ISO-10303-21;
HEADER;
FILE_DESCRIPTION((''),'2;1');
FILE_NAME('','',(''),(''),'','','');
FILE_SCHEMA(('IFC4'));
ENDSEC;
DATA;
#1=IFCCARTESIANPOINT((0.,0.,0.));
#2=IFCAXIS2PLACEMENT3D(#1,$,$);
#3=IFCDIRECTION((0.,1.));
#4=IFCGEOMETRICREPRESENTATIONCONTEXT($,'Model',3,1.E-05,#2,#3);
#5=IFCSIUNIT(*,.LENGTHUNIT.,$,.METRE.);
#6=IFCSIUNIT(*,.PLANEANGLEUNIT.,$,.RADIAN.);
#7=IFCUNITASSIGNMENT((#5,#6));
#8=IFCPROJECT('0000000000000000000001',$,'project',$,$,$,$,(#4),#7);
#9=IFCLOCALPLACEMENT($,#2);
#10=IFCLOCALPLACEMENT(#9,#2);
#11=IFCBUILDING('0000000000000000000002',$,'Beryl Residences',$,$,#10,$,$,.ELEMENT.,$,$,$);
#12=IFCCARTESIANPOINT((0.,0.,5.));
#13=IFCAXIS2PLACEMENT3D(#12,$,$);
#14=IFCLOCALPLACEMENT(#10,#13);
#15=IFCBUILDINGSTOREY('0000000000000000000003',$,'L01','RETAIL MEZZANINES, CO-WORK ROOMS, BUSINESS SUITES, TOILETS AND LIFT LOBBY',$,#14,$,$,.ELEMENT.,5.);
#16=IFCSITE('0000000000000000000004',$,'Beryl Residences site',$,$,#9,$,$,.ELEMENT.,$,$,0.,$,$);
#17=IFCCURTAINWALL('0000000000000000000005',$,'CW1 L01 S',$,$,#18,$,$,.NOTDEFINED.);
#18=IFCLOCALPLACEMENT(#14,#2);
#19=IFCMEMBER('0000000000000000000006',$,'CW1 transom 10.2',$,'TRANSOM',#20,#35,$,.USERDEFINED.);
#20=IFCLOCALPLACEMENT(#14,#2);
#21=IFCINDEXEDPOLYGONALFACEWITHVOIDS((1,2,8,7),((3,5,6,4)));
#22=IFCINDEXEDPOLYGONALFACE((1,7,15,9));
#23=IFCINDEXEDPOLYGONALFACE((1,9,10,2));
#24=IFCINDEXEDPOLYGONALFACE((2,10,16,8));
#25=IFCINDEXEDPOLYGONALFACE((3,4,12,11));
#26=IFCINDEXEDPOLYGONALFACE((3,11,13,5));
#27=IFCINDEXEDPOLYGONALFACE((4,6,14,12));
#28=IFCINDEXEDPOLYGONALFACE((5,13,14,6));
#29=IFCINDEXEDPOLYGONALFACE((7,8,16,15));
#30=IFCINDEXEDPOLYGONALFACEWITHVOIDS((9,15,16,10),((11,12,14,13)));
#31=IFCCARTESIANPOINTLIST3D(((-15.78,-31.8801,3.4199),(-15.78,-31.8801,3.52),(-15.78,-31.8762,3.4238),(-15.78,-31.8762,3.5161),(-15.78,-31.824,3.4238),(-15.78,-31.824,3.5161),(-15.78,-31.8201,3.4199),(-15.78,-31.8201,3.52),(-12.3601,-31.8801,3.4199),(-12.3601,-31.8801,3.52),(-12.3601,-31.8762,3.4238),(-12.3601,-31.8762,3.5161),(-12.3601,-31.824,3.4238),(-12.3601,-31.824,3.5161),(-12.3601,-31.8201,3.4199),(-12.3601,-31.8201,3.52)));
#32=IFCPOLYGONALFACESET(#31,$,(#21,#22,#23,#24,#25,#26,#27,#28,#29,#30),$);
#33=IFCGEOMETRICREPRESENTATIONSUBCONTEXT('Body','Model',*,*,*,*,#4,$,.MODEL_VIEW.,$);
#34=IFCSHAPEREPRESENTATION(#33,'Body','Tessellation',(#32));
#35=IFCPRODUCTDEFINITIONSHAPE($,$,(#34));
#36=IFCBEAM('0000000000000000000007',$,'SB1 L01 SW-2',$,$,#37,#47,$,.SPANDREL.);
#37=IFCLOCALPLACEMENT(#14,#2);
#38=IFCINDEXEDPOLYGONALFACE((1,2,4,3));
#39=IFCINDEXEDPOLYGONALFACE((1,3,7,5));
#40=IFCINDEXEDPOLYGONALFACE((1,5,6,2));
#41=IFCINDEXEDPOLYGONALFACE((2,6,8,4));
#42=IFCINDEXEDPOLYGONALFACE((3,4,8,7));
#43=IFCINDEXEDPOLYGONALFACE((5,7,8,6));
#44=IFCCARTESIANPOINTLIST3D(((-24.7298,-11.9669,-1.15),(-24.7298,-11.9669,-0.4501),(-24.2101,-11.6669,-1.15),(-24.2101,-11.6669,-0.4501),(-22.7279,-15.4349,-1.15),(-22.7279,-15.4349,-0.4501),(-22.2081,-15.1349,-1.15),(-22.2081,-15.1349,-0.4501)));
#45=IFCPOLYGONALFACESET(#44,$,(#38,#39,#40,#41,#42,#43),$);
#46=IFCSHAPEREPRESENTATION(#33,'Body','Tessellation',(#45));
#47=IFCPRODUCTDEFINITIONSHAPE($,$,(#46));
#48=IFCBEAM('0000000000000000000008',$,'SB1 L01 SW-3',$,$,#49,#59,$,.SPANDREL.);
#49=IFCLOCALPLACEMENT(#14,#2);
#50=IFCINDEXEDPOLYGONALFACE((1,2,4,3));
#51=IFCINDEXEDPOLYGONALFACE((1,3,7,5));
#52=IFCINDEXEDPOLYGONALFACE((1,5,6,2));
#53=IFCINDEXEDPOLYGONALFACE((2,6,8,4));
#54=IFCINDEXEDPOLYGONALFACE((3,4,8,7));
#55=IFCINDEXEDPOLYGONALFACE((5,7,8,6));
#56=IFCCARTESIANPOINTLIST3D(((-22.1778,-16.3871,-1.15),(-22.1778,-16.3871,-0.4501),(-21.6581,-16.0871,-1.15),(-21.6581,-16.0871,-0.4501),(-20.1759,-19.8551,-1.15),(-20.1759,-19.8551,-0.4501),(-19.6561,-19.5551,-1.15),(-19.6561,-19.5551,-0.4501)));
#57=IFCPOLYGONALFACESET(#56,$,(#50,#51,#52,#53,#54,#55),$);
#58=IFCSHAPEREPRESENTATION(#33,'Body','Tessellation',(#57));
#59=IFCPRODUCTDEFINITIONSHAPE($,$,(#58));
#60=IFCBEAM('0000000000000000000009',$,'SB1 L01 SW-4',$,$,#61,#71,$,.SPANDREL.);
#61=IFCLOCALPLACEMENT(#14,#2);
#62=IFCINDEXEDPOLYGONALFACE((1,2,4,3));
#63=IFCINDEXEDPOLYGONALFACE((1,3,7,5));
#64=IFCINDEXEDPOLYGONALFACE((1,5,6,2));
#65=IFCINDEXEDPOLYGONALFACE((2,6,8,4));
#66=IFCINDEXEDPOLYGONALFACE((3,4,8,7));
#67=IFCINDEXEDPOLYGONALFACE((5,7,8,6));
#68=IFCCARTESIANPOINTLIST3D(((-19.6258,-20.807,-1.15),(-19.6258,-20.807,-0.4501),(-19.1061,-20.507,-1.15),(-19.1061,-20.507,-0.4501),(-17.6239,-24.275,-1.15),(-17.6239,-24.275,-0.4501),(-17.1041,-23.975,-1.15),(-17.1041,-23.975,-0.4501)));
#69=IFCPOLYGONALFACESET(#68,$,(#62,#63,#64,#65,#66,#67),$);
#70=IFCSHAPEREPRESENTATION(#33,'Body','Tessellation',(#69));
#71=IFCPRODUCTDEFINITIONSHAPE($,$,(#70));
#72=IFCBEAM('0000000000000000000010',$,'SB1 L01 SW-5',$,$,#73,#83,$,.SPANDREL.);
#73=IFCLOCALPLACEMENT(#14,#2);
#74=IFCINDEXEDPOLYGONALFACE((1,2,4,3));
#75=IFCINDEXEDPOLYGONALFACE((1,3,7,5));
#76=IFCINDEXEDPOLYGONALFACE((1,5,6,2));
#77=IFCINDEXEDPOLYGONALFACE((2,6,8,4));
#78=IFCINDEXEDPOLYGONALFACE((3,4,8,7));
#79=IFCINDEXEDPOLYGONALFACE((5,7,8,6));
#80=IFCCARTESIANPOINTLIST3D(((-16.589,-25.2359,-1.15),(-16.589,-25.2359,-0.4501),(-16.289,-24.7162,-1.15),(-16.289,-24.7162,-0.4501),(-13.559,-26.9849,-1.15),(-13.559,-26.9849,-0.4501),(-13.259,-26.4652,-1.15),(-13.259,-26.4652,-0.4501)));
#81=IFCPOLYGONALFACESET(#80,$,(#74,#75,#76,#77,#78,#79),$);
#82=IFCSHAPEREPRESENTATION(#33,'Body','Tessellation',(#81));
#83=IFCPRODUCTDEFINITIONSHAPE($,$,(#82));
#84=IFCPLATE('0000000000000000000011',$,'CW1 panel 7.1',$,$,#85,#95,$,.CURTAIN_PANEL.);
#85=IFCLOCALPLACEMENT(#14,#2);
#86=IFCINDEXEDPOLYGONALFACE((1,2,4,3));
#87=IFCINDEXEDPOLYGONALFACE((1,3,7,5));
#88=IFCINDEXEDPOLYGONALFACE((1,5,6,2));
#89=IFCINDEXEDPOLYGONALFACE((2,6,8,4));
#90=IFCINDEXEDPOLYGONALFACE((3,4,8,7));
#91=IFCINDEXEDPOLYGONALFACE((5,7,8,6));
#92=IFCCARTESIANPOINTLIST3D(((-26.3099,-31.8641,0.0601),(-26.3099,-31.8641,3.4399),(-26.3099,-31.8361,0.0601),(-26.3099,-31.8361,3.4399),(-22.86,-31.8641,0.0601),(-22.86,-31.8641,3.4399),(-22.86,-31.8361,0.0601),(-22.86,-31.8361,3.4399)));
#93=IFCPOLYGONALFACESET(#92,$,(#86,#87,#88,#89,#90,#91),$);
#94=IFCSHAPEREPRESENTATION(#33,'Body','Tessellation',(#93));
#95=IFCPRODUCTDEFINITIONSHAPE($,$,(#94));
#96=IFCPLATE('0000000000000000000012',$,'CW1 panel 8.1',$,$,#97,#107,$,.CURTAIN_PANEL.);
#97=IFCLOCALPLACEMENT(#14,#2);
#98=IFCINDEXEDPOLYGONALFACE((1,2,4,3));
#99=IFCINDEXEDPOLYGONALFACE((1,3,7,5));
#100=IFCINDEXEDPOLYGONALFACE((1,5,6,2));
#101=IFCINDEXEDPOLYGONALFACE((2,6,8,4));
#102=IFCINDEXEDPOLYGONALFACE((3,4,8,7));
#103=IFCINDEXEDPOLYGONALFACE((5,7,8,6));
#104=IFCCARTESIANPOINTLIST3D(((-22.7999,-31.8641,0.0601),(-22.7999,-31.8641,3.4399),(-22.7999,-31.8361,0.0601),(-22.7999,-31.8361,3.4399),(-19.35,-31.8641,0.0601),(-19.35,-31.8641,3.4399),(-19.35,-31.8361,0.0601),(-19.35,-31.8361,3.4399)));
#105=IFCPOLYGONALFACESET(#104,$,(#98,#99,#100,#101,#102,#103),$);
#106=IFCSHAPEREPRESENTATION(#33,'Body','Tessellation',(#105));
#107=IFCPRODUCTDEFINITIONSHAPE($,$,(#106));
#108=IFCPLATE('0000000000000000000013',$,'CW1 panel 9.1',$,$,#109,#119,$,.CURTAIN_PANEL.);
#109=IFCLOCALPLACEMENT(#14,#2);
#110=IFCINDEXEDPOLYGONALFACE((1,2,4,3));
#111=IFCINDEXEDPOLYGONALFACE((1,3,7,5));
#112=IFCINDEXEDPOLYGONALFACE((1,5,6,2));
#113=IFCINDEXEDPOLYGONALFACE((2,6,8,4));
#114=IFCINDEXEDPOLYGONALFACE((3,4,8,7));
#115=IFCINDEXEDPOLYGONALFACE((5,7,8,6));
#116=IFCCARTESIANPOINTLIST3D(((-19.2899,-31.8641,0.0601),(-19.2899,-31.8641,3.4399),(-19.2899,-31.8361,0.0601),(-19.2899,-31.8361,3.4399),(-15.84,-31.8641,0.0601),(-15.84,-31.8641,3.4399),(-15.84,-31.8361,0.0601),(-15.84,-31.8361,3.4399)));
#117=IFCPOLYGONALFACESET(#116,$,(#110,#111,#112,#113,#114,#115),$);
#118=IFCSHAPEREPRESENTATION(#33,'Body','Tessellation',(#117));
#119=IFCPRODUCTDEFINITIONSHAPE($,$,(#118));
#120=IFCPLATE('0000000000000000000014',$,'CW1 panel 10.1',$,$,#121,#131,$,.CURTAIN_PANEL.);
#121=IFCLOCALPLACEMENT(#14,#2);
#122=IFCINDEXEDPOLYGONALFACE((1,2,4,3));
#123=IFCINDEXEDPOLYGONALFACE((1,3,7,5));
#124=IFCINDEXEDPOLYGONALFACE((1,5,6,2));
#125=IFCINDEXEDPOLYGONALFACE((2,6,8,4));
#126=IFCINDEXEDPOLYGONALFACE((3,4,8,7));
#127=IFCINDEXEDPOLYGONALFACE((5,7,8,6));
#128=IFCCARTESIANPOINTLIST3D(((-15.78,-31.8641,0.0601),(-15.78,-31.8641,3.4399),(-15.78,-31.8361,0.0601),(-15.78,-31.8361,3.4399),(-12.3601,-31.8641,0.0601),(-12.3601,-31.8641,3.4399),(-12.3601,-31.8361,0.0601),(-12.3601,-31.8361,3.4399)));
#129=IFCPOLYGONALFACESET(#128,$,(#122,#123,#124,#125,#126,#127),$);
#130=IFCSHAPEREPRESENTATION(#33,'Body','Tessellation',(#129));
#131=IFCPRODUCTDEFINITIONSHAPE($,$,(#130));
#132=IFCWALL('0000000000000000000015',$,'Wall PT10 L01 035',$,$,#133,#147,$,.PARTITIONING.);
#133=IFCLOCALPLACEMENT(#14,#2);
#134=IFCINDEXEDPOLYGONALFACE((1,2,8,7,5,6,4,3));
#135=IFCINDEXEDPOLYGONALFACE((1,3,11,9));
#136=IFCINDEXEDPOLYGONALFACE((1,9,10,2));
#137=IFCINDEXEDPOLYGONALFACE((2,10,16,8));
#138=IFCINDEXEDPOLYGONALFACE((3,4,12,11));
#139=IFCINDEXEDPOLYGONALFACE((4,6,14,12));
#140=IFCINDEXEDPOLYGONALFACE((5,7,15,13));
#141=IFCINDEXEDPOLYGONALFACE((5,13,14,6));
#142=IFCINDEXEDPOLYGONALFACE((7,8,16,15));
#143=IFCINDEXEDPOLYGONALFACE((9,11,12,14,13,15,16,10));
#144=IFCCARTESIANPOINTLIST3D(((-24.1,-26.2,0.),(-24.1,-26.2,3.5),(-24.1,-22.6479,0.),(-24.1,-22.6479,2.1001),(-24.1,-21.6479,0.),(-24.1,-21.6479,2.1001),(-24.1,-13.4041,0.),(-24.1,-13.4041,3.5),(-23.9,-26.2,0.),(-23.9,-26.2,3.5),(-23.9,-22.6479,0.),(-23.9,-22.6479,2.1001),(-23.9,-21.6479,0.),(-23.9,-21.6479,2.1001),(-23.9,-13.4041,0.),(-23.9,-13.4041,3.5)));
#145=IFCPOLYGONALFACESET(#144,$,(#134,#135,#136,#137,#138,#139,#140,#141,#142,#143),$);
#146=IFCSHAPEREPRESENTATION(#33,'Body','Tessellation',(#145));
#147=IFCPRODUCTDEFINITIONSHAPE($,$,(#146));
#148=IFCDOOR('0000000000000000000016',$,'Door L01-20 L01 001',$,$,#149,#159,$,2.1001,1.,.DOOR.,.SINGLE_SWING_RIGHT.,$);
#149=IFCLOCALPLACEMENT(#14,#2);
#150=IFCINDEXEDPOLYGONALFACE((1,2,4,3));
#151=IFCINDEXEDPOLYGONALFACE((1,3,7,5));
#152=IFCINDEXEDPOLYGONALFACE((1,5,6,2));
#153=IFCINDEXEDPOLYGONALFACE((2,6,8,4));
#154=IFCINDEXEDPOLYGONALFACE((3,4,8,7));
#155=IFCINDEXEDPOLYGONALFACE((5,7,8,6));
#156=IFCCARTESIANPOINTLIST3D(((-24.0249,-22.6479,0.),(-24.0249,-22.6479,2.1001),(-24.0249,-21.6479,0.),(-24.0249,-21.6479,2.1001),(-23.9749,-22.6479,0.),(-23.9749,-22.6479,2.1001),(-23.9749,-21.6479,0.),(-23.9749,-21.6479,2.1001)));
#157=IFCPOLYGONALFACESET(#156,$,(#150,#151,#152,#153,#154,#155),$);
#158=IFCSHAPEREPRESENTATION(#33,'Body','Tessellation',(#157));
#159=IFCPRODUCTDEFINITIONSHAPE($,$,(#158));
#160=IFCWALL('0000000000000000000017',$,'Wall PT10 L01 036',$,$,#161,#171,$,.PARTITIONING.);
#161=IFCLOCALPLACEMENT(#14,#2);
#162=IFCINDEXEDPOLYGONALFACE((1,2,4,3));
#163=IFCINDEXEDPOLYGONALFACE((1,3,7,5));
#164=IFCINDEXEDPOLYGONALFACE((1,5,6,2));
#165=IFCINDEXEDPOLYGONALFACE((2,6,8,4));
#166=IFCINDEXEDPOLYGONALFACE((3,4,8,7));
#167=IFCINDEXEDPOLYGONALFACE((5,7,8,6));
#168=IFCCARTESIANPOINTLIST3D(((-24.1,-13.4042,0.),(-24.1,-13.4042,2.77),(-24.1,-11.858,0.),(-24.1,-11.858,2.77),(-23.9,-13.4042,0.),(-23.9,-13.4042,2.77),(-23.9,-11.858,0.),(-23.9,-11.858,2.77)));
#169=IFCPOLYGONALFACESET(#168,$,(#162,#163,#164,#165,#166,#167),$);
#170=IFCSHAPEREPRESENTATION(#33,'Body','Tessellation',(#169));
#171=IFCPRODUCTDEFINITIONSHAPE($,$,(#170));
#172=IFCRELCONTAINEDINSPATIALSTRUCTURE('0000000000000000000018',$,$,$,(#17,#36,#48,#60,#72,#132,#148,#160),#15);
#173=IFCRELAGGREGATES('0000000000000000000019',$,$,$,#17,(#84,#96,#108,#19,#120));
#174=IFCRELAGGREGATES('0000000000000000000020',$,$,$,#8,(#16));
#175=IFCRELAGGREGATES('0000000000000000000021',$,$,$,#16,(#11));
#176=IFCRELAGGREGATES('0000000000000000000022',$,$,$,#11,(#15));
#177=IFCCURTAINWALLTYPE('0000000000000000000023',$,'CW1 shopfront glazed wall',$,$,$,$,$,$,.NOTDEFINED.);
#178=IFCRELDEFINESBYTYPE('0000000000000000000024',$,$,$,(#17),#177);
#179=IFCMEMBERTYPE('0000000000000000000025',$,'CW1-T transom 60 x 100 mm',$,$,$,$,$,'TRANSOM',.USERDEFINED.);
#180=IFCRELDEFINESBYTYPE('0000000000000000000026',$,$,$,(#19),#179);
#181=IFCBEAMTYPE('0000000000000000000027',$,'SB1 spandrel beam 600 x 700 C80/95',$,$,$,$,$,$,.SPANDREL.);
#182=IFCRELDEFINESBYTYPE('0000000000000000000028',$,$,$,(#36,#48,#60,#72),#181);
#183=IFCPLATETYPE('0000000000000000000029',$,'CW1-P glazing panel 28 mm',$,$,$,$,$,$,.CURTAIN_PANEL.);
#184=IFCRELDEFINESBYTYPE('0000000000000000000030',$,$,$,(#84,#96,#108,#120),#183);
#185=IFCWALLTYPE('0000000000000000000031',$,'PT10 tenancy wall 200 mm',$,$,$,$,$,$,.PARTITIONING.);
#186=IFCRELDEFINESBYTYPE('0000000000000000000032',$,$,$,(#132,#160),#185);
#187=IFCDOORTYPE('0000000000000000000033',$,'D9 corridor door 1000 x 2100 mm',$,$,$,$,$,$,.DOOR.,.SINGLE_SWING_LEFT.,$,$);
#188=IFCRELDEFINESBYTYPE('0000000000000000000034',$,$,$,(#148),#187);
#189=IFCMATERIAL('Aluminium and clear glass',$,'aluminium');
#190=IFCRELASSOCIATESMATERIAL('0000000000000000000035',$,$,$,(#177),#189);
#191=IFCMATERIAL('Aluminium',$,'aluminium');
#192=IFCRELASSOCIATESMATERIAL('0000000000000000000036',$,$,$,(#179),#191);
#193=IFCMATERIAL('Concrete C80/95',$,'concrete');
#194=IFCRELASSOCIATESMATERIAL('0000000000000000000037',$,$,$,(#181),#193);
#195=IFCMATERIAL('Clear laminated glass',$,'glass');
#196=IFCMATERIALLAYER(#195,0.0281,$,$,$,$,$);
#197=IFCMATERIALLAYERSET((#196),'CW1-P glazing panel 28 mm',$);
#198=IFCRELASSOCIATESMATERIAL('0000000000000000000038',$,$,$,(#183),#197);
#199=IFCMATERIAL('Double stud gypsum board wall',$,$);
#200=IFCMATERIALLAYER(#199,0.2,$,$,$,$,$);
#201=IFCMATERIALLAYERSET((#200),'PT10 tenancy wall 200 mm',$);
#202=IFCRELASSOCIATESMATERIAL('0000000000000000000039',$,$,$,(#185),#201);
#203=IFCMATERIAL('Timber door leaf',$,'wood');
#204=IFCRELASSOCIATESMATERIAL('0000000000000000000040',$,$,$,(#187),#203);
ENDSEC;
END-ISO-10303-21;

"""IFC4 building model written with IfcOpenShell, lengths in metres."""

from ifc_helpers import new_model, si_unit, direction, frame, frame_2d, origin, origin_2d, place, context, subcontext, project, spatial, rectangle, hollow_rectangle, extrude, material, layer, layer_set, material_profile, profile_set, type_object, element, fill, aggregate, save


model = new_model("IFC4")

# Units and contexts
model_context = context("Model", 3, precision=1e-05, world=origin(), true_north=direction((0.0, 1.0)))
body_context = subcontext(model_context, "Body", "Model", "MODEL_VIEW")
ifc_project = project(units=[si_unit("LENGTHUNIT", "METRE"), si_unit("PLANEANGLEUNIT", "RADIAN")], contexts=[model_context])

# Site, building, storey
site_placement = place(None, origin())
site = spatial("IfcSite", under=ifc_project, at=site_placement, Name="Beryl Residences site", CompositionType="ELEMENT", RefElevation=0.0)
building_placement = place(site_placement, origin())
building = spatial("IfcBuilding", under=site, at=building_placement, Name="Beryl Residences", CompositionType="ELEMENT")
storey_placement = place(building_placement, frame((0.0, 0.0, 5.0)))
storey = spatial("IfcBuildingStorey", under=building, at=storey_placement, Name="L01", Description="RETAIL MEZZANINES, CO-WORK ROOMS, BUSINESS SUITES, TOILETS AND LIFT LOBBY", CompositionType="ELEMENT", Elevation=5.0)

# Curtain wall, member
ifc_material_1 = material(Name="Aluminium and clear glass", Category="aluminium")
curtain_wall_type = type_object("IfcCurtainWallType", Name="CW1 shopfront glazed wall", PredefinedType="NOTDEFINED", material=ifc_material_1)
curtain_wall_placement = place(storey_placement, origin())
curtain_wall = element("IfcCurtainWall", 1, at=curtain_wall_placement, inside=storey, type_object=curtain_wall_type, Name="CW1 L01 S", PredefinedType="NOTDEFINED")
ifc_material_2 = material(Name="Aluminium", Category="aluminium")
ifc_material_profile_1 = material_profile(ifc_material_2, hollow_rectangle(XDim=0.0601, YDim=0.1001, WallThickness=0.0039, at=origin_2d()))
ifc_profile_set_1 = profile_set([ifc_material_profile_1], Name="Aluminium")
member_type_1 = type_object("IfcMemberType", Name="CW1-T transom 60 x 100 mm", ElementType="TRANSOM", PredefinedType="USERDEFINED", material=ifc_profile_set_1)
member_1_placement = place(storey_placement, frame((-15.78, -31.8501, 3.47), z_axis=(1.0, 0.0, 0.0), x_axis=(0.0, 1.0, 0.0)))
member_1 = element("IfcMember", 2, at=member_1_placement, type_object=member_type_1, Name="CW1 transom 10.2", ObjectType="TRANSOM", PredefinedType="USERDEFINED", context=body_context, shape_type="SweptSolid", body=[
    extrude(hollow_rectangle(XDim=0.0601, YDim=0.1001, WallThickness=0.0039, at=origin_2d()), origin(), (0.0, 0.0, 1.0), 3.4199),
])

# Beams
ifc_material_3 = material(Name="Concrete C80/95", Category="concrete")
ifc_material_profile_2 = material_profile(ifc_material_3, rectangle(XDim=0.6001, YDim=0.7, at=origin_2d()))
ifc_profile_set_2 = profile_set([ifc_material_profile_2], Name="Concrete C80/95")
beam_type = type_object("IfcBeamType", Name="SB1 spandrel beam 600 x 700 C80/95", PredefinedType="SPANDREL", material=ifc_profile_set_2)
for number, where, z_axis, x_axis, name in (
    (3, (-24.47, -11.8169, -0.8), (0.499942, -0.866059, 0.0), (0.866059, 0.499942, 0.0), "SB1 L01 SW-2"),
    (4, (-21.918, -16.2371, -0.8), (0.499942, -0.866059, 0.0), (0.866059, 0.499942, 0.0), "SB1 L01 SW-3"),
    (5, (-19.366, -20.657, -0.8), (0.499942, -0.866059, 0.0), (0.866059, 0.499942, 0.0), "SB1 L01 SW-4"),
):
    element("IfcBeam", number, at=place(storey_placement, frame(where, z_axis=z_axis, x_axis=x_axis)), inside=storey, type_object=beam_type, Name=name, PredefinedType="SPANDREL", context=body_context, shape_type="SweptSolid", body=[
        extrude(rectangle(XDim=0.6001, YDim=0.7, at=origin_2d()), origin(), (0.0, 0.0, 1.0), 4.0044),
    ])
beam_placement = place(storey_placement, frame((-16.439, -24.9761, -0.8), z_axis=(0.866071, -0.499922, 0.0), x_axis=(0.499922, 0.866071, 0.0)))
element("IfcBeam", 6, at=beam_placement, inside=storey, type_object=beam_type, Name="SB1 L01 SW-5", PredefinedType="SPANDREL", context=body_context, shape_type="SweptSolid", body=[
    extrude(rectangle(XDim=0.6001, YDim=0.7, at=origin_2d()), origin(), (0.0, 0.0, 1.0), 3.4985),
])

# Plates
ifc_material_4 = material(Name="Clear laminated glass", Category="glass")
ifc_layer_1 = layer(ifc_material_4, 0.0281)
ifc_layer_set_1 = layer_set([ifc_layer_1], Name="CW1-P glazing panel 28 mm")
plate_type = type_object("IfcPlateType", Name="CW1-P glazing panel 28 mm", PredefinedType="CURTAIN_PANEL", material=ifc_layer_set_1)
plate_1_placement = place(storey_placement, frame((-24.585, -31.8501, 0.0601), z_axis=(0.0, 0.0, 1.0), x_axis=(1.0, 0.0, 0.0)))
plate_1 = element("IfcPlate", 7, at=plate_1_placement, type_object=plate_type, Name="CW1 panel 7.1", PredefinedType="CURTAIN_PANEL", context=body_context, shape_type="SweptSolid", body=[
    extrude(rectangle(XDim=3.45, YDim=0.0281, at=origin_2d()), origin(), (0.0, 0.0, 1.0), 3.3799),
])
plate_2_placement = place(storey_placement, frame((-21.075, -31.8501, 0.0601), z_axis=(0.0, 0.0, 1.0), x_axis=(1.0, 0.0, 0.0)))
plate_2 = element("IfcPlate", 8, at=plate_2_placement, type_object=plate_type, Name="CW1 panel 8.1", PredefinedType="CURTAIN_PANEL", context=body_context, shape_type="SweptSolid", body=[
    extrude(rectangle(XDim=3.45, YDim=0.0281, at=origin_2d()), origin(), (0.0, 0.0, 1.0), 3.3799),
])
plate_3_placement = place(storey_placement, frame((-17.5649, -31.8501, 0.0601), z_axis=(0.0, 0.0, 1.0), x_axis=(1.0, 0.0, 0.0)))
plate_3 = element("IfcPlate", 9, at=plate_3_placement, type_object=plate_type, Name="CW1 panel 9.1", PredefinedType="CURTAIN_PANEL", context=body_context, shape_type="SweptSolid", body=[
    extrude(rectangle(XDim=3.45, YDim=0.0281, at=origin_2d()), origin(), (0.0, 0.0, 1.0), 3.3799),
])
plate_4_placement = place(storey_placement, frame((-14.0701, -31.8501, 0.0601), z_axis=(0.0, 0.0, 1.0), x_axis=(1.0, 0.0, 0.0)))
plate_4 = element("IfcPlate", 10, at=plate_4_placement, type_object=plate_type, Name="CW1 panel 10.1", PredefinedType="CURTAIN_PANEL", context=body_context, shape_type="SweptSolid", body=[
    extrude(rectangle(XDim=3.4199, YDim=0.0281, at=origin_2d()), origin(), (0.0, 0.0, 1.0), 3.3799),
])
aggregate(curtain_wall, [plate_1, plate_2, plate_3, member_1, plate_4])

# Wall, opening, door
ifc_material_5 = material(Name="Double stud gypsum board wall")
ifc_layer_2 = layer(ifc_material_5, 0.2)
ifc_layer_set_2 = layer_set([ifc_layer_2], Name="PT10 tenancy wall 200 mm")
wall_type_1 = type_object("IfcWallType", Name="PT10 tenancy wall 200 mm", PredefinedType="PARTITIONING", material=ifc_layer_set_2)
wall_1_placement = place(storey_placement, frame((-24.0, -26.2, 0.0), z_axis=(0.0, 0.0, 1.0), x_axis=(0.0, 1.0, 0.0)))
wall_1 = element("IfcWall", 11, at=wall_1_placement, inside=storey, type_object=wall_type_1, Name="Wall PT10 L01 035", PredefinedType="PARTITIONING", context=body_context, shape_type="SweptSolid", body=[
    extrude(rectangle(XDim=12.7959, YDim=0.2, at=frame_2d((6.3979, 0.0))), origin(), (0.0, 0.0, 1.0), 3.5),
])
opening_1_placement = place(wall_1_placement, frame((3.552, 0.0, 0.0)))
opening_1 = element("IfcOpeningElement", 12, at=opening_1_placement, cuts=wall_1, PredefinedType="OPENING", context=body_context, shape_type="SweptSolid", body=[
    extrude(rectangle(XDim=1.0, YDim=2.1001, at=frame_2d((0.5, 1.05))), frame((0.0, 0.1099, 0.0), z_axis=(0.0, -1.0, 0.0), x_axis=(1.0, 0.0, 0.0)), (0.0, 0.0, 1.0), 0.22),
])
ifc_material_6 = material(Name="Timber door leaf", Category="wood")
door_type = type_object("IfcDoorType", Name="D9 corridor door 1000 x 2100 mm", OperationType="SINGLE_SWING_LEFT", PredefinedType="DOOR", material=ifc_material_6)
door_1_placement = place(opening_1_placement, origin())
door_1 = element("IfcDoor", 13, at=door_1_placement, inside=storey, type_object=door_type, Name="Door L01-20 L01 001", OperationType="SINGLE_SWING_RIGHT", OverallHeight=2.1001, OverallWidth=1.0, PredefinedType="DOOR", context=body_context, shape_type="SweptSolid", body=[
    extrude(rectangle(XDim=1.0, YDim=2.1001, at=frame_2d((0.5, 1.05))), frame((0.0, 0.0249, 0.0), z_axis=(0.0, -1.0, 0.0), x_axis=(1.0, 0.0, 0.0)), (0.0, 0.0, 1.0), 0.05),
])
fill(opening_1, door_1)

# Wall
wall_2_placement = place(storey_placement, frame((-24.0, -13.4041, 0.0), z_axis=(0.0, 0.0, 1.0), x_axis=(0.0, 1.0, 0.0)))
element("IfcWall", 14, at=wall_2_placement, inside=storey, type_object=wall_type_1, Name="Wall PT10 L01 036", PredefinedType="PARTITIONING", context=body_context, shape_type="SweptSolid", body=[
    extrude(rectangle(XDim=1.5461, YDim=0.2, at=frame_2d((0.7729, 0.0))), origin(), (0.0, 0.0, 1.0), 2.77),
])

save(model, "model.ifc")
